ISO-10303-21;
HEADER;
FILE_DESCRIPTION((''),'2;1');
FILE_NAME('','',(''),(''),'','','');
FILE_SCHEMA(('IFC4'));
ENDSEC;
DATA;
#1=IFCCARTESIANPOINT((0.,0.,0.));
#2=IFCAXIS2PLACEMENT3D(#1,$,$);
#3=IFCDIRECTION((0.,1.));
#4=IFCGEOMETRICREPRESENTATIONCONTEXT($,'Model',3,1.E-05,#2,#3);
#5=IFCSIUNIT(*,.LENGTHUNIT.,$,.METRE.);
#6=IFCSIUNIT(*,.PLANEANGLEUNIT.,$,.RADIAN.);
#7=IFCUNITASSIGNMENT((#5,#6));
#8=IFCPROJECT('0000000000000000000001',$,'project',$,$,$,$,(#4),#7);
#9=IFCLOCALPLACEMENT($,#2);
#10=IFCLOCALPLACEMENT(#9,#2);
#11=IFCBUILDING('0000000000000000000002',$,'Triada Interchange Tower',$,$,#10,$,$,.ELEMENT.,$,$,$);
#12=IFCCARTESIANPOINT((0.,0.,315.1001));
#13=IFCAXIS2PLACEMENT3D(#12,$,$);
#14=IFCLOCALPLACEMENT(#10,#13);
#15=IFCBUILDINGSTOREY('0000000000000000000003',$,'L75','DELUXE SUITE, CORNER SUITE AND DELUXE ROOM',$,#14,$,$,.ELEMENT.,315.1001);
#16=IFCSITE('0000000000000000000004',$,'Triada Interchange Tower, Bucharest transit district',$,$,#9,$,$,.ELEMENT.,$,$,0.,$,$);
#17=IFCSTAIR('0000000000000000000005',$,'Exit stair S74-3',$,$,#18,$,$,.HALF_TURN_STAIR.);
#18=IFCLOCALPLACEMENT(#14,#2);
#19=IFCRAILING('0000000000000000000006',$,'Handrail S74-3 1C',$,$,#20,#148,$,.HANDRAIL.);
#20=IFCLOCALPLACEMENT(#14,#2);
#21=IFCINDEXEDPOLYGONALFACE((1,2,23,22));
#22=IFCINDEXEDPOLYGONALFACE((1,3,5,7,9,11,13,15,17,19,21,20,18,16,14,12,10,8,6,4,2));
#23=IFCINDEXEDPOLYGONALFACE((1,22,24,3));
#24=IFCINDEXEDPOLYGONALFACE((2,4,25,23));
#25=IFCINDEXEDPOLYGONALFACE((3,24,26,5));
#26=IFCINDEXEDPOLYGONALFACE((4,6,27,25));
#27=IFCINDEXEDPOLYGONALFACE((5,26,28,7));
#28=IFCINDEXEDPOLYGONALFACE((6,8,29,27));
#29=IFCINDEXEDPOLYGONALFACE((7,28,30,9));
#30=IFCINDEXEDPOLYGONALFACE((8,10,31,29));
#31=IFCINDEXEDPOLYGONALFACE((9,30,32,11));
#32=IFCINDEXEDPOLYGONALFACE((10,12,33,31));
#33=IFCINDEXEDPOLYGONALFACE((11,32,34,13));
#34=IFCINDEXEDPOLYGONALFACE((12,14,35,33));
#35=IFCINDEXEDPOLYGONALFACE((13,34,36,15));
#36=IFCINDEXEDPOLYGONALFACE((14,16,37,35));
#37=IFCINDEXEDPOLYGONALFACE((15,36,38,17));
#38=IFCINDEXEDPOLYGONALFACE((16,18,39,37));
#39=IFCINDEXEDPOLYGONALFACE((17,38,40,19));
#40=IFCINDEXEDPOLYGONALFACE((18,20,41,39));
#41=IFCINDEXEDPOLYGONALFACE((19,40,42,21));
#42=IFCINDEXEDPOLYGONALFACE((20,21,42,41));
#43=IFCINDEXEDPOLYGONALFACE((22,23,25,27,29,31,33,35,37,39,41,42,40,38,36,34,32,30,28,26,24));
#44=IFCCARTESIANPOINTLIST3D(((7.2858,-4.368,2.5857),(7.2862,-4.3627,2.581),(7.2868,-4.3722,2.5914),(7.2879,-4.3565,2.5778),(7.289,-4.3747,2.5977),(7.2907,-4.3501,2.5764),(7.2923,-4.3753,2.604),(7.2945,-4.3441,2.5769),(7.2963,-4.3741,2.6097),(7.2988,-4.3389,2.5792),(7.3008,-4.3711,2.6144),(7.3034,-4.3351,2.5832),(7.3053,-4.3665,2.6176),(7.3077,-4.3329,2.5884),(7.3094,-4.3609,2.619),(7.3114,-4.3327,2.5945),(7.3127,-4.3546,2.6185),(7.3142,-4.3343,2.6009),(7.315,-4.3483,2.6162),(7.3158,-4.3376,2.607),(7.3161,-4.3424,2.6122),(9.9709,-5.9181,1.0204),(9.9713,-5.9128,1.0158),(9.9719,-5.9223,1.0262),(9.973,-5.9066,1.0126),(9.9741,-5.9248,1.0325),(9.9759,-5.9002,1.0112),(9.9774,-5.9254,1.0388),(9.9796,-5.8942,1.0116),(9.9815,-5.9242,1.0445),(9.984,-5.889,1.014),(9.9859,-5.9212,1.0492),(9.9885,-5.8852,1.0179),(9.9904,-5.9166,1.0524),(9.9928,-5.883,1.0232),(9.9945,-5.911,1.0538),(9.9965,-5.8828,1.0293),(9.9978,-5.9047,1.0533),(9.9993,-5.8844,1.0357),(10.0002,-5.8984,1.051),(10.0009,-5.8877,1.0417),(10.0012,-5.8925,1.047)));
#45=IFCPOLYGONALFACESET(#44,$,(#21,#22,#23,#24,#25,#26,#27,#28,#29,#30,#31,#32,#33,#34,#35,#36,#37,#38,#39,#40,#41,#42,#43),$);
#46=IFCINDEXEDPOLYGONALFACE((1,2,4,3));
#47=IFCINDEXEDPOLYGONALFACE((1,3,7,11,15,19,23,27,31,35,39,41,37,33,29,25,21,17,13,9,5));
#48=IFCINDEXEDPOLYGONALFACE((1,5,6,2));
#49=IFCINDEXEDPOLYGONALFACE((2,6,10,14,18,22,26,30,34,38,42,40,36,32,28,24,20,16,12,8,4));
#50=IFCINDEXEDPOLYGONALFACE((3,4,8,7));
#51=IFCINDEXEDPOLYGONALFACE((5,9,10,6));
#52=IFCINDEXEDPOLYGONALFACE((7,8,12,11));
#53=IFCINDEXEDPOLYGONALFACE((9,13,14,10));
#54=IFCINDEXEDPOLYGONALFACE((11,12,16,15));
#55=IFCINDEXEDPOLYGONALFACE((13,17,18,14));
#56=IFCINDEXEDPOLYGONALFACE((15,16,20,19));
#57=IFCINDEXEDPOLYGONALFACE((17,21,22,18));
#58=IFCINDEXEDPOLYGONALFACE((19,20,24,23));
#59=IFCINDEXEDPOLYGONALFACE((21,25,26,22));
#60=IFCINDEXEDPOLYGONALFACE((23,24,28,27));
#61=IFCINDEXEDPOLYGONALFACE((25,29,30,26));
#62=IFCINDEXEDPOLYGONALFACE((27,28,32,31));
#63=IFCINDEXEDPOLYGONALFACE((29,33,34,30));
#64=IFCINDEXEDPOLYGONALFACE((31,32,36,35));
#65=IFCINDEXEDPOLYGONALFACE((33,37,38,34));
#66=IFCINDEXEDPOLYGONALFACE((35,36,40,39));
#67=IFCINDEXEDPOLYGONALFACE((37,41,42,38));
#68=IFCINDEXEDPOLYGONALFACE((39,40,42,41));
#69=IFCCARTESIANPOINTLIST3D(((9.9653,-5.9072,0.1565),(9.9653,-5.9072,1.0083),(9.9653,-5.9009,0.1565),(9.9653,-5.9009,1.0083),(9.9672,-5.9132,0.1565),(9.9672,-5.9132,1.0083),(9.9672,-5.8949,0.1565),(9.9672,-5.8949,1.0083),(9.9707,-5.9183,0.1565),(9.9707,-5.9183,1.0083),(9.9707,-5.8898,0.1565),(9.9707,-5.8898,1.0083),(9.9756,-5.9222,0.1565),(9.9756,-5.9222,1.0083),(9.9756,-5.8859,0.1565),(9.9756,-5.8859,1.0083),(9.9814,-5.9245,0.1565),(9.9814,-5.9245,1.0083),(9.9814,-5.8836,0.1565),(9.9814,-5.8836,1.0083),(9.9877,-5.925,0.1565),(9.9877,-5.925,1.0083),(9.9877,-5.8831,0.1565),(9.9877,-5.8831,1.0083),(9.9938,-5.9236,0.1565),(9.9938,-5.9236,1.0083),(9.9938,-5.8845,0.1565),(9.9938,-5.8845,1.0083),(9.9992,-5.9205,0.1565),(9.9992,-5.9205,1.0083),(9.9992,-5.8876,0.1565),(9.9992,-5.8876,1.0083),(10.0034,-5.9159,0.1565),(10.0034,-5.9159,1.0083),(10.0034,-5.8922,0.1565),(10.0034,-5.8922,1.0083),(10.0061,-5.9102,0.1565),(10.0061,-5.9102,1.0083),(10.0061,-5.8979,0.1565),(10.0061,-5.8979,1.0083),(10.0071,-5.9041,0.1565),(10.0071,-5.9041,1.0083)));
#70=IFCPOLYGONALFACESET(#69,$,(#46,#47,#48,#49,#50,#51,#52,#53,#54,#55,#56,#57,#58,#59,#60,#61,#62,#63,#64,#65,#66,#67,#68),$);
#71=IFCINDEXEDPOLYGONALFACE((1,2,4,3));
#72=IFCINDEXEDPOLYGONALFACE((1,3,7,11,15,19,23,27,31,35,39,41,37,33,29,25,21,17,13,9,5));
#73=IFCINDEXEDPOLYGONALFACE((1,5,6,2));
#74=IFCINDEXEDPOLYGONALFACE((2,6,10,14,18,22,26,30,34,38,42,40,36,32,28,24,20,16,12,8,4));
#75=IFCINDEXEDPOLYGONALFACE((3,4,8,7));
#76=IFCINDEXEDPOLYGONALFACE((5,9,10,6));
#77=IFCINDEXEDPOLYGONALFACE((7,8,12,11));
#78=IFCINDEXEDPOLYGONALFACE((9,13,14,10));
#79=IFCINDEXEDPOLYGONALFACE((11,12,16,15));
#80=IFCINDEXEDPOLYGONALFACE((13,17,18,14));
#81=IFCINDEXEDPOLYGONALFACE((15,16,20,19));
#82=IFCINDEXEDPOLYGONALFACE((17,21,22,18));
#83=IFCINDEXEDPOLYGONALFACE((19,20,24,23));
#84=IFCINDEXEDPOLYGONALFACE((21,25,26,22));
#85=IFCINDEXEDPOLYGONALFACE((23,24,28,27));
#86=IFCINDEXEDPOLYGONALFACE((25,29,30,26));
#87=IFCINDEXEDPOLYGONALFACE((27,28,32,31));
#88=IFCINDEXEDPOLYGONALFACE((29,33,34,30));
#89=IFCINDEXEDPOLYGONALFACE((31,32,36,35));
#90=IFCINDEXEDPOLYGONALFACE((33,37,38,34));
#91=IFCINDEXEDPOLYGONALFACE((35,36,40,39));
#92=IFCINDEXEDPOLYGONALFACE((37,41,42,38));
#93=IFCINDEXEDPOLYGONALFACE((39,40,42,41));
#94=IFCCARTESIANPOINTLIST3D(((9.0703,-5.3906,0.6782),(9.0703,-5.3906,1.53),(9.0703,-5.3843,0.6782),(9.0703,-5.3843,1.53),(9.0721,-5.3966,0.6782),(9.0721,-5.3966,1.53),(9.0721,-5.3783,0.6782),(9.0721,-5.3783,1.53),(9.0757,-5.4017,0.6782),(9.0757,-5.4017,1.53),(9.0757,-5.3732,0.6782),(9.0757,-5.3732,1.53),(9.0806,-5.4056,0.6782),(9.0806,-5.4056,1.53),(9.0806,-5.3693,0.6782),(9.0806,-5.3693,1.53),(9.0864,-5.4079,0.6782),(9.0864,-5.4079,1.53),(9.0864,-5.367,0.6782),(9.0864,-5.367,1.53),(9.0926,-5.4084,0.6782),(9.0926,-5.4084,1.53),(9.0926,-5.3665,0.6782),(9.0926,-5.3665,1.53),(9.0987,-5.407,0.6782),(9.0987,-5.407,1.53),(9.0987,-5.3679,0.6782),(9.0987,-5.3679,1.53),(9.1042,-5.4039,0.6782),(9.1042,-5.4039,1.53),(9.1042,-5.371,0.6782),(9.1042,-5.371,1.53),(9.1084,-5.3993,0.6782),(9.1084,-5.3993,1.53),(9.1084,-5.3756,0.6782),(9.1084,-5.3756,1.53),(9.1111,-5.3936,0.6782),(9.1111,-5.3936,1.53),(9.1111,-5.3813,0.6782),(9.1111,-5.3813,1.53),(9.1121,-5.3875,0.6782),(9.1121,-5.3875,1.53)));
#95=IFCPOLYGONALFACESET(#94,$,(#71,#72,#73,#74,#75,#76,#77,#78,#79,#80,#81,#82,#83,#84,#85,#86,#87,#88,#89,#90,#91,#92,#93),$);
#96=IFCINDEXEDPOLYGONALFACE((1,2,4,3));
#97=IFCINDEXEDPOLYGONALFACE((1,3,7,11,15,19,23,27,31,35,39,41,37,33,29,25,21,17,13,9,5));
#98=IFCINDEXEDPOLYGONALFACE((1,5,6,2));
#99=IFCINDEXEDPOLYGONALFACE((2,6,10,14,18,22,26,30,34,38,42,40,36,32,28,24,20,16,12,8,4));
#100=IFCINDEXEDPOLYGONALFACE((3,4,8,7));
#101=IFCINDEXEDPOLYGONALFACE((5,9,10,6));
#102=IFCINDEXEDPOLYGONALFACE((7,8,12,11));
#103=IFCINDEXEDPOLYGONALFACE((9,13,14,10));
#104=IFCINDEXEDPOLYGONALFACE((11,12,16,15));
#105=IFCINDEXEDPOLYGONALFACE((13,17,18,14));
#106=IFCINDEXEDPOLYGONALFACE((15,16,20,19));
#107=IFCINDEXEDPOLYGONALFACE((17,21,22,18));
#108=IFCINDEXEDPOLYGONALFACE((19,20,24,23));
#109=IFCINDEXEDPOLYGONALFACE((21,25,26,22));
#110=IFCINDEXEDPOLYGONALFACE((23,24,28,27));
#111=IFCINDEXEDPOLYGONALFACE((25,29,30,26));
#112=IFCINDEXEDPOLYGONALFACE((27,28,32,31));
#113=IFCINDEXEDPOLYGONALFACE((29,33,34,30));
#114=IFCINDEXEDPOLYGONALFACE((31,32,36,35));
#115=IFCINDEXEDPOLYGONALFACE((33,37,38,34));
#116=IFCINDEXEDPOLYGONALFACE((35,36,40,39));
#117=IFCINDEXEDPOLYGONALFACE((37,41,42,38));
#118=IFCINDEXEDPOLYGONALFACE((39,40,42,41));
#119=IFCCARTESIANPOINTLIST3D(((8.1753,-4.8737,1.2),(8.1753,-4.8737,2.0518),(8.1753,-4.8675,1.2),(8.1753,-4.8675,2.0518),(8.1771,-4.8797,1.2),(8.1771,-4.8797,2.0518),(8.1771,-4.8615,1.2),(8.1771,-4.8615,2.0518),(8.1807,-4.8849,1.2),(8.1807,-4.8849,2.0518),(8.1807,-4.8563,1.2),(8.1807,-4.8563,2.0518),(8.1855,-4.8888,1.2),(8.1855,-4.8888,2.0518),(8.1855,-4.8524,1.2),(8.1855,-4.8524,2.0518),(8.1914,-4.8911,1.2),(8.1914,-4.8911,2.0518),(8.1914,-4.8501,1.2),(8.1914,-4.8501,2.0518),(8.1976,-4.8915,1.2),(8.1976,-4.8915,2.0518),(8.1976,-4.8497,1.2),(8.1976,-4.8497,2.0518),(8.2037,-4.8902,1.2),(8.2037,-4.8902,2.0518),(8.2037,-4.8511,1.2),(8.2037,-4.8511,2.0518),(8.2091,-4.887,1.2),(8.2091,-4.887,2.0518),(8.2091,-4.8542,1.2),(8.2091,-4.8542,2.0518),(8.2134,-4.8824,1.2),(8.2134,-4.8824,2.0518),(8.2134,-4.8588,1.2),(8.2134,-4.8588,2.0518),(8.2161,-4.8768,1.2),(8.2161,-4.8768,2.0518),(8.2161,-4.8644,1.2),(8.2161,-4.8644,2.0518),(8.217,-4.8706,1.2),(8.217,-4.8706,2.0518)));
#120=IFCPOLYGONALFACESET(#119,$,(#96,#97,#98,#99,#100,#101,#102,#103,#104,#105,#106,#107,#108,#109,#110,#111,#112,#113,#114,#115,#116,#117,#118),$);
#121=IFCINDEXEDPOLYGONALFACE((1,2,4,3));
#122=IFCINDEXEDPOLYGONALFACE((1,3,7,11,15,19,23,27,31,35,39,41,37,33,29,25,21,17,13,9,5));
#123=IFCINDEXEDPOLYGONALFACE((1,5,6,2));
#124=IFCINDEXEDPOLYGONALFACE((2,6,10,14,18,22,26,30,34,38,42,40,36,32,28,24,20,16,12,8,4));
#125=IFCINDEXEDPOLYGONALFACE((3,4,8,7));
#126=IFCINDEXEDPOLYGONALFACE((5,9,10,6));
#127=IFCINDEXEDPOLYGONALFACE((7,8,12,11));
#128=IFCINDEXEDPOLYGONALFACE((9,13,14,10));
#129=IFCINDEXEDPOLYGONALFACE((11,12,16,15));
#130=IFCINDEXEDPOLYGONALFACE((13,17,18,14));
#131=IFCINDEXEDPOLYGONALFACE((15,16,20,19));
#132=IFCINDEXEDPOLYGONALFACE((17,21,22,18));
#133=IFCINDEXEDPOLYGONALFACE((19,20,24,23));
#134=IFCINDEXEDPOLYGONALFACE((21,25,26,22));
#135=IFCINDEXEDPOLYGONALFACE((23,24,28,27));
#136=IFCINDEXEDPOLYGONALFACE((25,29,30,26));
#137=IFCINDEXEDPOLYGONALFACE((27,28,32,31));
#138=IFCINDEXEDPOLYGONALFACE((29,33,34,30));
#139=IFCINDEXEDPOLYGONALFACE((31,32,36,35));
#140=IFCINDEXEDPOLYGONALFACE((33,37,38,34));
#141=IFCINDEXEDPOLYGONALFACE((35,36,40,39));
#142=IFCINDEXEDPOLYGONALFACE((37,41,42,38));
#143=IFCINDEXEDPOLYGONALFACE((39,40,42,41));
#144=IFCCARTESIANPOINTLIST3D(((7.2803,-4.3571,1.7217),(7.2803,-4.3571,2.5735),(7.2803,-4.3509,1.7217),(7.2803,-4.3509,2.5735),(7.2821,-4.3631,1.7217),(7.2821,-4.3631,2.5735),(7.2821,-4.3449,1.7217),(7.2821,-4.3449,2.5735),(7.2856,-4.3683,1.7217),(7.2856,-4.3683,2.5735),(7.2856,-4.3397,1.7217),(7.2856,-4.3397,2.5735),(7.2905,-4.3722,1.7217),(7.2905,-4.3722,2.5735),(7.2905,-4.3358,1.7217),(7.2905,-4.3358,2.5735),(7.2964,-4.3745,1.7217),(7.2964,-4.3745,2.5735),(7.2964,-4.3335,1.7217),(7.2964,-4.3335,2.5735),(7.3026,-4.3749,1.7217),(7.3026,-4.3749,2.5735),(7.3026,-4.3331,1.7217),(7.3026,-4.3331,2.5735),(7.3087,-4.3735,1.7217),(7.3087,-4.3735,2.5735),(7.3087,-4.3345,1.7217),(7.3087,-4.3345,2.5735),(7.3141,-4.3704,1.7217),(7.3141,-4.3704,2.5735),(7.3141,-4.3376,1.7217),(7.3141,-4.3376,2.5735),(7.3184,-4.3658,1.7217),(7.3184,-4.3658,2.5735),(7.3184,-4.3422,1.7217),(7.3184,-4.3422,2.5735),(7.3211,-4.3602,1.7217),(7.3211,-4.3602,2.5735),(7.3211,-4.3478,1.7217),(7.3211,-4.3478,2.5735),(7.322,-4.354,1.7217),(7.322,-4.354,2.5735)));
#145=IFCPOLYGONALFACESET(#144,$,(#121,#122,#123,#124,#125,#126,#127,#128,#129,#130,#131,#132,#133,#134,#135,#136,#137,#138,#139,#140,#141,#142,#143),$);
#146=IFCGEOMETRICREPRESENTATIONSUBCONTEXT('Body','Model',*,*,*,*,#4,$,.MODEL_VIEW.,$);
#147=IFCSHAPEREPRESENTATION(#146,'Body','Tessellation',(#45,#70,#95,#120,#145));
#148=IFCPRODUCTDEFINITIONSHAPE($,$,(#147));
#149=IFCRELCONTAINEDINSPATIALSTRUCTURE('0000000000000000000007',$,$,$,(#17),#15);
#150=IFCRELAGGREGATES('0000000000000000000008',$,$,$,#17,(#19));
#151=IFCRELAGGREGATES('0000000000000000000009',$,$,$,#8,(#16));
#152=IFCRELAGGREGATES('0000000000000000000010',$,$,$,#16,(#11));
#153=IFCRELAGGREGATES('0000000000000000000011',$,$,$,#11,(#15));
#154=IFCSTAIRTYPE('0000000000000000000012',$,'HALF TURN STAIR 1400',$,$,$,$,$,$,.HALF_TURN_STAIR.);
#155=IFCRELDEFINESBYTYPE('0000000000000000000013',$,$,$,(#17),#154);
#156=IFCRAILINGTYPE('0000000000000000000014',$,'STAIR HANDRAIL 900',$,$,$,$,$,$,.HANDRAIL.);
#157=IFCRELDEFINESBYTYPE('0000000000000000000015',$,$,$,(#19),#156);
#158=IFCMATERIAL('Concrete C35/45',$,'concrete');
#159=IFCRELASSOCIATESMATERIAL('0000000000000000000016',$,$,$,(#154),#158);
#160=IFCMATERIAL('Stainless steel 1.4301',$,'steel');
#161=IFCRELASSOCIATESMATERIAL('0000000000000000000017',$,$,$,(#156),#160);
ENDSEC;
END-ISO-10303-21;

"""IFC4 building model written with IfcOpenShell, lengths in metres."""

from ifc_helpers import new_model, si_unit, direction, frame, origin, origin_2d, place, context, subcontext, project, spatial, circle, extrude, material, type_object, element, aggregate, save


model = new_model("IFC4")

# Units and contexts
model_context = context("Model", 3, precision=1e-05, world=origin(), true_north=direction((0.0, 1.0)))
body_context = subcontext(model_context, "Body", "Model", "MODEL_VIEW")
ifc_project = project(units=[si_unit("LENGTHUNIT", "METRE"), si_unit("PLANEANGLEUNIT", "RADIAN")], contexts=[model_context])

# Site, building, storey
site_placement = place(None, origin())
site = spatial("IfcSite", under=ifc_project, at=site_placement, Name="Triada Interchange Tower, Bucharest transit district", CompositionType="ELEMENT", RefElevation=0.0)
building_placement = place(site_placement, origin())
building = spatial("IfcBuilding", under=site, at=building_placement, Name="Triada Interchange Tower", CompositionType="ELEMENT")
storey_placement = place(building_placement, frame((0.0, 0.0, 315.1001)))
storey = spatial("IfcBuildingStorey", under=building, at=storey_placement, Name="L75", Description="DELUXE SUITE, CORNER SUITE AND DELUXE ROOM", CompositionType="ELEMENT", Elevation=315.1001)

# Stair, railing
ifc_material_1 = material(Name="Concrete C35/45", Category="concrete")
stair_type = type_object("IfcStairType", Name="HALF TURN STAIR 1400", PredefinedType="HALF_TURN_STAIR", material=ifc_material_1)
stair_placement = place(storey_placement, origin())
stair = element("IfcStair", 1, at=stair_placement, inside=storey, type_object=stair_type, Name="Exit stair S74-3", PredefinedType="HALF_TURN_STAIR")
ifc_material_2 = material(Name="Stainless steel 1.4301", Category="steel")
railing_type = type_object("IfcRailingType", Name="STAIR HANDRAIL 900", PredefinedType="HANDRAIL", material=ifc_material_2)
railing_1_placement = place(storey_placement, frame((9.9861, -5.9041, 0.1565)))
railing_1 = element("IfcRailing", 2, at=railing_1_placement, type_object=railing_type, Name="Handrail S74-3 1C", PredefinedType="HANDRAIL", context=body_context, shape_type="SweptSolid", body=[
    extrude(circle(Radius=0.0239, at=origin_2d()), frame((0.0, 0.0, 0.876), z_axis=(-0.773115, 0.446309, 0.450667), x_axis=(-0.499959, -0.866049, 0.0)), (0.0, 0.0, 1.0), 3.4731),
    extrude(circle(Radius=0.021, at=origin_2d()), origin(), (0.0, 0.0, 1.0), 0.8518),
    extrude(circle(Radius=0.021, at=origin_2d()), frame((-0.895, 0.5166, 0.5217)), (0.0, 0.0, 1.0), 0.8518),
    extrude(circle(Radius=0.021, at=origin_2d()), frame((-1.79, 1.0334, 1.0435)), (0.0, 0.0, 1.0), 0.8518),
    extrude(circle(Radius=0.021, at=origin_2d()), frame((-2.6851, 1.55, 1.5652)), (0.0, 0.0, 1.0), 0.8518),
])
aggregate(stair, [railing_1])

save(model, "model.ifc")
